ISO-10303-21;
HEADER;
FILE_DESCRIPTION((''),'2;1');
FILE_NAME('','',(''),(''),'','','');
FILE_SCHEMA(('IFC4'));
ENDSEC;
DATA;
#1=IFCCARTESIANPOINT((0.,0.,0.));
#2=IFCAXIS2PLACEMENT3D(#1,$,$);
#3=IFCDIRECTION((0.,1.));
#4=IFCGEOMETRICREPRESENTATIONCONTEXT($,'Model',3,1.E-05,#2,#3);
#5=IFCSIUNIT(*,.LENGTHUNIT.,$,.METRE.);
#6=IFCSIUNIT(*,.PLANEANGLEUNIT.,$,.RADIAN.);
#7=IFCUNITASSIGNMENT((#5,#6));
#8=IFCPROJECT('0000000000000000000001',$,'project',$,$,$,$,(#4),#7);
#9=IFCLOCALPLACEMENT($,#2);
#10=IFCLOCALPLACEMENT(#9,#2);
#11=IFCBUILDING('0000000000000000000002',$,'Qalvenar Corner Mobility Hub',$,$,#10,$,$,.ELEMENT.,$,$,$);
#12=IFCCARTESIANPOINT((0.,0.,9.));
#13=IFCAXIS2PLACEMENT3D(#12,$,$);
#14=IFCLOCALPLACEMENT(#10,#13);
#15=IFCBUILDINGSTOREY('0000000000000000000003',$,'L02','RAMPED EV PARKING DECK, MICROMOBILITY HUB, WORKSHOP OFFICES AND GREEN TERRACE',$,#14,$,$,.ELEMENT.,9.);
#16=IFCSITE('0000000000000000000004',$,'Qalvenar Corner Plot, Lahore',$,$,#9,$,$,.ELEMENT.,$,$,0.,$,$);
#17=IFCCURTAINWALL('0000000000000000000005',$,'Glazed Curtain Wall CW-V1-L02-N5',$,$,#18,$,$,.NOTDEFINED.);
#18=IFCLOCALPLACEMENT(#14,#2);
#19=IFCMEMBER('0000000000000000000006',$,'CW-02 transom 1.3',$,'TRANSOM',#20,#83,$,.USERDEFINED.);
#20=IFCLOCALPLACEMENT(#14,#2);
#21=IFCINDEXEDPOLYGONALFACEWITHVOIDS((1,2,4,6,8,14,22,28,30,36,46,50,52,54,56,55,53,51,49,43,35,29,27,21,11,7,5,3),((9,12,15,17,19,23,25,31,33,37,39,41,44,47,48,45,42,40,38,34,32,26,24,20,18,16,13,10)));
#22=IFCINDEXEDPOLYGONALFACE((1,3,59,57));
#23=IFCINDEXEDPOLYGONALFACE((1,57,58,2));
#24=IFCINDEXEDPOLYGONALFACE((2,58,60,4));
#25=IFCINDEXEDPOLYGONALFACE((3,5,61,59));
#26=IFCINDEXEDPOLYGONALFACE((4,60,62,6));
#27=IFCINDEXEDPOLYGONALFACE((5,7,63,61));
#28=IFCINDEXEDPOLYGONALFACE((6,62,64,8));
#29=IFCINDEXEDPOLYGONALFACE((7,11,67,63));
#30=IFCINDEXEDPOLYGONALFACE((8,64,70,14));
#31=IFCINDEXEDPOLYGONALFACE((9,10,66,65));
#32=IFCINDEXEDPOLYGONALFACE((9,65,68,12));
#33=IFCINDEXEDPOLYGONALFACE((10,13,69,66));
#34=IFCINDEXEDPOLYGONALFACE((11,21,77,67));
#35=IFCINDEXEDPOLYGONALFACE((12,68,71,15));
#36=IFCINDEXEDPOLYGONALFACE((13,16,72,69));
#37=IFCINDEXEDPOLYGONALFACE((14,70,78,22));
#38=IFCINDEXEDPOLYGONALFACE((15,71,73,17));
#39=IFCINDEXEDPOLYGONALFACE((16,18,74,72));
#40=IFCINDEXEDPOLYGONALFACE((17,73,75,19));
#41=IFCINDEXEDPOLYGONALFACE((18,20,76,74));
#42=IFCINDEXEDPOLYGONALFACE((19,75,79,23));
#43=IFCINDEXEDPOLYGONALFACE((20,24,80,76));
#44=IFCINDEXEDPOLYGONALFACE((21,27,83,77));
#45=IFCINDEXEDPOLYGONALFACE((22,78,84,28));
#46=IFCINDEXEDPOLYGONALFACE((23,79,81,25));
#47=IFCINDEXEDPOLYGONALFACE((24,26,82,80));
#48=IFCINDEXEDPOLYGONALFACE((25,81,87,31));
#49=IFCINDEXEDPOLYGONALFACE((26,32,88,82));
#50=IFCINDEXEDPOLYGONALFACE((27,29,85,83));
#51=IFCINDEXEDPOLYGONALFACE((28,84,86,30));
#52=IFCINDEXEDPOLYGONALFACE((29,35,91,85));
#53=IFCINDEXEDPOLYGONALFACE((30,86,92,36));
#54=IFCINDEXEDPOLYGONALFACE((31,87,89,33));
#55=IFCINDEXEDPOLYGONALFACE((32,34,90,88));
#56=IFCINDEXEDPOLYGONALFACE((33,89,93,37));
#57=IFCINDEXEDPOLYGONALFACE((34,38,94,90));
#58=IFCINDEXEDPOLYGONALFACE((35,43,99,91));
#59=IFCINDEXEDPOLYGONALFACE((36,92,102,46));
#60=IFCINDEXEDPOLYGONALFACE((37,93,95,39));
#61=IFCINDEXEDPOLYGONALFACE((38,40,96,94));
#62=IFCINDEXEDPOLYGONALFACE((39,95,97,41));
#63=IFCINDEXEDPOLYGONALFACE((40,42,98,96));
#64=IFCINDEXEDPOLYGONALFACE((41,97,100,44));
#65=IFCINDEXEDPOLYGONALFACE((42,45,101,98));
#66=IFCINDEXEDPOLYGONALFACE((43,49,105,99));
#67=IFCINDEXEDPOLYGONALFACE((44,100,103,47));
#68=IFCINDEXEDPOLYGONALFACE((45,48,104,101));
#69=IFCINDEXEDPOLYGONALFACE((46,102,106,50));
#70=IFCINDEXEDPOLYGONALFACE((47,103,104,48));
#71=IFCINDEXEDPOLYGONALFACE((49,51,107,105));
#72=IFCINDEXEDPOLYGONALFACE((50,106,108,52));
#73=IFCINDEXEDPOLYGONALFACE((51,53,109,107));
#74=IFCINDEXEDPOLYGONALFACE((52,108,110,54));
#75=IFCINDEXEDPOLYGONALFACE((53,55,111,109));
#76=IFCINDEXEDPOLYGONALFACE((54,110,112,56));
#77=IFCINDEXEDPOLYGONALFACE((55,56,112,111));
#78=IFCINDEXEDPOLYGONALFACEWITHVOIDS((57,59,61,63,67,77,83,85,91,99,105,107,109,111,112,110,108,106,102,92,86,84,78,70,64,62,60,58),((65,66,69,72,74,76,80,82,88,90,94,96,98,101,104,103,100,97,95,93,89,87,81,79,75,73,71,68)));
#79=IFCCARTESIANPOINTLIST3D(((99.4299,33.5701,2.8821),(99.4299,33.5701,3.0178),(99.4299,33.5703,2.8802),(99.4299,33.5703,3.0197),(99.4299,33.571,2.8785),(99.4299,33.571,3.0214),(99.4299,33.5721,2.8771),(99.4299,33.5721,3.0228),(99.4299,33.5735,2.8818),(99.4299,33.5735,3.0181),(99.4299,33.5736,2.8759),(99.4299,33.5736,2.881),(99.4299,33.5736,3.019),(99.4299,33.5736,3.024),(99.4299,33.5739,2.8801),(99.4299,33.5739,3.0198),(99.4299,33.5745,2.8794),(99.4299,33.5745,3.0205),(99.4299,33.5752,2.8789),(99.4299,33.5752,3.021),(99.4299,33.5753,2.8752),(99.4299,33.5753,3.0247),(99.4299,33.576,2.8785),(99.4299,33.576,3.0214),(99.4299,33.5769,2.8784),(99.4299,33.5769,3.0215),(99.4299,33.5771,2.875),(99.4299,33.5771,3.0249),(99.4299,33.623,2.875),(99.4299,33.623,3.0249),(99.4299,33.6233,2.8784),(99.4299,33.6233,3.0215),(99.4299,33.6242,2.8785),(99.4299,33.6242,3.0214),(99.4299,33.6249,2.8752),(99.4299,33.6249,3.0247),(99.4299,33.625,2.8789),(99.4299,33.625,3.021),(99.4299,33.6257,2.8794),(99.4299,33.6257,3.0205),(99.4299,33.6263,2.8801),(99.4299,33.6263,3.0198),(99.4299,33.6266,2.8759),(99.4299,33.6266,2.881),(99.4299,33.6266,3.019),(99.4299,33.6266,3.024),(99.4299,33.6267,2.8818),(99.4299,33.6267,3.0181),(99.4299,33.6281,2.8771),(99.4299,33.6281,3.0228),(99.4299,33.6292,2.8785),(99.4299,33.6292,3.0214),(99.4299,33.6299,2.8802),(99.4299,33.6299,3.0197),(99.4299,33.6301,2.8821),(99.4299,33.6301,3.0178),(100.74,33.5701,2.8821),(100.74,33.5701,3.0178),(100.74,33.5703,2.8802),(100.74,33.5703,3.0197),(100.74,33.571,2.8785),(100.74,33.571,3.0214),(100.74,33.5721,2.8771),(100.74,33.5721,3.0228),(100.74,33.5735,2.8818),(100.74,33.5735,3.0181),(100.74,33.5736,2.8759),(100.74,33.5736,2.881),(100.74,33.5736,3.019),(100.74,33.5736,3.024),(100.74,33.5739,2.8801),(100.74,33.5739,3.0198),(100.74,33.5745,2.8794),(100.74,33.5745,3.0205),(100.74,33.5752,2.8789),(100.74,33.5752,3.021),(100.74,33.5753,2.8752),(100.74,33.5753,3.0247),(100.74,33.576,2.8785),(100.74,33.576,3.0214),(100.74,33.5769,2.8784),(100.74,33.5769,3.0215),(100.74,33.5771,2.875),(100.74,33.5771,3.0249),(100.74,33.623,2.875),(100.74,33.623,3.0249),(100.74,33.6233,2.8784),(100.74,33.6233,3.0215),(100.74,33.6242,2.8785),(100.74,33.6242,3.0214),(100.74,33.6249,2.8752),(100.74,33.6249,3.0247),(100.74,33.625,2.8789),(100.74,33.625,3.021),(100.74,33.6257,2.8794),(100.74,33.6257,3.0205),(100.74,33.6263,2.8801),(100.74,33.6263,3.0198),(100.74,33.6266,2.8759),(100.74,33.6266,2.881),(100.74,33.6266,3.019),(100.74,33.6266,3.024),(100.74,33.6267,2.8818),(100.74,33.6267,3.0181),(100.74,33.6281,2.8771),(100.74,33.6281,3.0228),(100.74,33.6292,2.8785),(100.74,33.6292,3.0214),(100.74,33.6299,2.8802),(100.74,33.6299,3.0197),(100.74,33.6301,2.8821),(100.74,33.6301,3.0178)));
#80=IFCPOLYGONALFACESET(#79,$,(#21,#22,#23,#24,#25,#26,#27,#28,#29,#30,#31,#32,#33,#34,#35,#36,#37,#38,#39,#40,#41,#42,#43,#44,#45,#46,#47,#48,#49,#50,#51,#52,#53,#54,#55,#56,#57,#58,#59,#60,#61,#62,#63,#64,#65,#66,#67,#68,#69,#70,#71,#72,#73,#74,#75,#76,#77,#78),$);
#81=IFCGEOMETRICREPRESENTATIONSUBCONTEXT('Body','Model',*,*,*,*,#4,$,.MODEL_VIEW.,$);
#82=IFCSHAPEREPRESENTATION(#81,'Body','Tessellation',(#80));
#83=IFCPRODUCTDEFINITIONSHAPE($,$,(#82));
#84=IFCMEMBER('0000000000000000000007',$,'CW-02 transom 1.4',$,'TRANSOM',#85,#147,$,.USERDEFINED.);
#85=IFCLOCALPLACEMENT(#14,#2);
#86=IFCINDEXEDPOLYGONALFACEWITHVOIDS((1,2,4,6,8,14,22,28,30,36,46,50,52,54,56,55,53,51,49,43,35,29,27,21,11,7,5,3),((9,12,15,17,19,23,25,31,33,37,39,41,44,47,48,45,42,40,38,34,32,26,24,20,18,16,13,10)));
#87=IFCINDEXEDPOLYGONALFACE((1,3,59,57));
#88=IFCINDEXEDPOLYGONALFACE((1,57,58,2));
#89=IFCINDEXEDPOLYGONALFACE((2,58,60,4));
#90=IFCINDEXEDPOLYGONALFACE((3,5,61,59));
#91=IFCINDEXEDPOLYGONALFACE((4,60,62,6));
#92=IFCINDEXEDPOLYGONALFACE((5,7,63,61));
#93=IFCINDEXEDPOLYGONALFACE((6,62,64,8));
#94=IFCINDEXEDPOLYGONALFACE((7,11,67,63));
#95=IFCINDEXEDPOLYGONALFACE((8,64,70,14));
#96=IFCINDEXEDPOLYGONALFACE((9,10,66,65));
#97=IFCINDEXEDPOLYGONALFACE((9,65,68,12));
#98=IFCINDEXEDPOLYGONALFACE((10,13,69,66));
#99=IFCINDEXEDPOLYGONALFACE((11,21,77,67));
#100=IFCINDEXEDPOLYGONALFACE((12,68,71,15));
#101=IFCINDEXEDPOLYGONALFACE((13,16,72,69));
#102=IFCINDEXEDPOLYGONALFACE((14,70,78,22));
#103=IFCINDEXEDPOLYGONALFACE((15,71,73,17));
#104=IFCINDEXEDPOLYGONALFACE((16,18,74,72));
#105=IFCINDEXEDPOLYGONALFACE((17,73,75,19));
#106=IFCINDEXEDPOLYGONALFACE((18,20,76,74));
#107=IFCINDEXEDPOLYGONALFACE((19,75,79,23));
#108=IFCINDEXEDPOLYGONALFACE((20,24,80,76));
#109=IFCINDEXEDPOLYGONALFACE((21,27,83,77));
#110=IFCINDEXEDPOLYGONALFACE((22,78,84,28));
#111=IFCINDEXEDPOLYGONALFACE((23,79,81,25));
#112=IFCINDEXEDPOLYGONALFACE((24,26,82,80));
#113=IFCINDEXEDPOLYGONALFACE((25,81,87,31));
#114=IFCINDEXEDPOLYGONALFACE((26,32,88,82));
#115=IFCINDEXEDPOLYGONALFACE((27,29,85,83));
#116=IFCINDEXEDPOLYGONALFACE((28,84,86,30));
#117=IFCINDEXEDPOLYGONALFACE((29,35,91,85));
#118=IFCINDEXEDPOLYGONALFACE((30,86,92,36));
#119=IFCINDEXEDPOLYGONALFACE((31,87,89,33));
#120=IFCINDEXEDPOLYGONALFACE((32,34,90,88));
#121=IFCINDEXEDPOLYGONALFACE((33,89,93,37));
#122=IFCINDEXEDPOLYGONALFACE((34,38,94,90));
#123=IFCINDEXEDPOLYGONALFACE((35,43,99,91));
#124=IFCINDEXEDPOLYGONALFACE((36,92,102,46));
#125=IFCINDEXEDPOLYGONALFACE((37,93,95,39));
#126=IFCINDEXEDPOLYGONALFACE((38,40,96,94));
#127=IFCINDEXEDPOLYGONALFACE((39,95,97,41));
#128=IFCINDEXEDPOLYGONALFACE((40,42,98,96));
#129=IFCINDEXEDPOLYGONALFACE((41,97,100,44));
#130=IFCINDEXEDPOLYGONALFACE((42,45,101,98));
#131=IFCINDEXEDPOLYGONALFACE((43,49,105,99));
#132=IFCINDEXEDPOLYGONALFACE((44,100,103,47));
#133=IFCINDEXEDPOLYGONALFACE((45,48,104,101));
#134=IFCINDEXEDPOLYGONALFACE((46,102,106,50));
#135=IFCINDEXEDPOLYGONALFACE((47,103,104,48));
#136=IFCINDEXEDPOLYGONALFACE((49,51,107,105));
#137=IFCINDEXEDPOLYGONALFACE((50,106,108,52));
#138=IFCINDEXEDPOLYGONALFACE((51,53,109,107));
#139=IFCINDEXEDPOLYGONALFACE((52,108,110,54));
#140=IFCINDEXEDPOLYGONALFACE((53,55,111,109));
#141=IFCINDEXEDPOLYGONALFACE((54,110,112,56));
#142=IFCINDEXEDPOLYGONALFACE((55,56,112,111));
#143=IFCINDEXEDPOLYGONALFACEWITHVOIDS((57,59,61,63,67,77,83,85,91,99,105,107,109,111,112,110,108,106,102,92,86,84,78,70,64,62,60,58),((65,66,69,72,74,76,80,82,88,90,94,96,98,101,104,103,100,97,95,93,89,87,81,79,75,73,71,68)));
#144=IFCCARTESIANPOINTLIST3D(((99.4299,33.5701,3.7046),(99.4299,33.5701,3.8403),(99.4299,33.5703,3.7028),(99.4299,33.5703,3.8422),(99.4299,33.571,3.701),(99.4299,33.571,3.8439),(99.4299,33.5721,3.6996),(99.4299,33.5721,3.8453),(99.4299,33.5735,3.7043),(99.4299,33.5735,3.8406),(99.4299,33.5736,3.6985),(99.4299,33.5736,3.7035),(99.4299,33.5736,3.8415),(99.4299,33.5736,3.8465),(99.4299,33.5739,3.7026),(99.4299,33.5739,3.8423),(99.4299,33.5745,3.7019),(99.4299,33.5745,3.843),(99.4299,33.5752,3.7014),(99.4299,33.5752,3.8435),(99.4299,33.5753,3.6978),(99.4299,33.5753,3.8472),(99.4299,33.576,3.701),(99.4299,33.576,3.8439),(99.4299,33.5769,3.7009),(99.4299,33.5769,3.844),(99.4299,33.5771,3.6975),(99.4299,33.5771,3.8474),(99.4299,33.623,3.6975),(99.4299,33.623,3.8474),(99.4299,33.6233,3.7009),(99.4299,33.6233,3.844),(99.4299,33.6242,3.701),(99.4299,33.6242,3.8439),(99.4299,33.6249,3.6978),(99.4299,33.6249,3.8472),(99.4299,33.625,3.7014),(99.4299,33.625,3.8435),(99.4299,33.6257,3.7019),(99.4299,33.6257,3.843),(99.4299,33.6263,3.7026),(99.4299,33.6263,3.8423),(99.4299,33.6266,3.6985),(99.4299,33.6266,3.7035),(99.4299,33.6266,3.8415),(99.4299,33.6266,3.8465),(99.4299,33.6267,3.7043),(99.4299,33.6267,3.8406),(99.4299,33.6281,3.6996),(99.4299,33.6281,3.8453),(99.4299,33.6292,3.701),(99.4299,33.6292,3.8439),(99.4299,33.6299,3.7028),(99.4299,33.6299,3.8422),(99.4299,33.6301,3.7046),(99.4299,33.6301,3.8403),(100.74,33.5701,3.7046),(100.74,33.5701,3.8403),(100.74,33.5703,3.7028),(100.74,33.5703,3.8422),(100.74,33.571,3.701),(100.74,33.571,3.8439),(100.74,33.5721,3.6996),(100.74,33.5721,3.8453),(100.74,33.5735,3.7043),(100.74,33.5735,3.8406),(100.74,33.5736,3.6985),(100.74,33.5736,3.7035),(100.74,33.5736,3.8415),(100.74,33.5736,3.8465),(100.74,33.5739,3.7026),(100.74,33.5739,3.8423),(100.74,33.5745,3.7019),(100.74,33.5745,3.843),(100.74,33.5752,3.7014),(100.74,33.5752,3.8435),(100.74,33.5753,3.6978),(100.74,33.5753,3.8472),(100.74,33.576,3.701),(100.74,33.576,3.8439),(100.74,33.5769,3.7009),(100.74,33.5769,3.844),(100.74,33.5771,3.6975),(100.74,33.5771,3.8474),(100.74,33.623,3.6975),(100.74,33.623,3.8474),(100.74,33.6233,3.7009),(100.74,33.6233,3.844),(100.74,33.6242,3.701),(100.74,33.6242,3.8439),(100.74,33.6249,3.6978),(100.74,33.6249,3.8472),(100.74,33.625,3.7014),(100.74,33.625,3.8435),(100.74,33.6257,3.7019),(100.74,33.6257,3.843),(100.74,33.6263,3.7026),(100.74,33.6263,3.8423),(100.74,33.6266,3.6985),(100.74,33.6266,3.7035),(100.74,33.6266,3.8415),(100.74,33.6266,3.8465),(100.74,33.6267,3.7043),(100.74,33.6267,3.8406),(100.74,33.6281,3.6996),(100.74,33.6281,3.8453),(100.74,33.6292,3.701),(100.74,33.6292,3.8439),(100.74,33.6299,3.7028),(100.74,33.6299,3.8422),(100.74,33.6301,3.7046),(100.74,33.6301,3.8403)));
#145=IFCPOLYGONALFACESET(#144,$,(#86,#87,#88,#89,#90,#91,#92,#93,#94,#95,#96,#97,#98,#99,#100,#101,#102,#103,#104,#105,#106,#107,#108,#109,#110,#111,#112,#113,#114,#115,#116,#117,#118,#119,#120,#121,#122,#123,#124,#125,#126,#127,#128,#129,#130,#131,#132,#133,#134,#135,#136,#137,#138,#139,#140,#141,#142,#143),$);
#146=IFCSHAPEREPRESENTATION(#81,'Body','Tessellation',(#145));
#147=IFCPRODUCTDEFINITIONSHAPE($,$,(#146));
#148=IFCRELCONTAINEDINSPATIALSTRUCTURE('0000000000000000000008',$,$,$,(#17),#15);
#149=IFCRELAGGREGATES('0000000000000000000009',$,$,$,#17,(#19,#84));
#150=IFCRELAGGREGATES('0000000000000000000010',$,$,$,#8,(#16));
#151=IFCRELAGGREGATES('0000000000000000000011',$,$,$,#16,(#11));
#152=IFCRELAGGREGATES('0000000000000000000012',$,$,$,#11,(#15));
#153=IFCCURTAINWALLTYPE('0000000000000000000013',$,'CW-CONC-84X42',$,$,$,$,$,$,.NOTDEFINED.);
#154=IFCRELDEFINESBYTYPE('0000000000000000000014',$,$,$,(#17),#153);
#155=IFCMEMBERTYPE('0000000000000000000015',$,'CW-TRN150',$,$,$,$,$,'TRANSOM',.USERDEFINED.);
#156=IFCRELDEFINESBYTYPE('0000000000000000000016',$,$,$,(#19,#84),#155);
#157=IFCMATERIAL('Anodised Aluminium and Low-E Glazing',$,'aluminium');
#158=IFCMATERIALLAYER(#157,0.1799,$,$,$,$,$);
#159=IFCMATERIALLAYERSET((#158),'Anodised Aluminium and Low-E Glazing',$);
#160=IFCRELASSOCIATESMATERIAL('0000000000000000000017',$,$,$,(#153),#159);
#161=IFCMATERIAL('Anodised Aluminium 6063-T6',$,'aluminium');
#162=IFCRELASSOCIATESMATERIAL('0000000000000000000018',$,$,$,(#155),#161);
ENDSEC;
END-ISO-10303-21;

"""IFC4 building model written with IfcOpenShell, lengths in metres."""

from ifc_helpers import new_model, si_unit, direction, frame, origin, origin_2d, place, context, subcontext, project, spatial, hollow_rectangle, extrude, material, layer, layer_set, material_profile, profile_set, type_object, element, aggregate, save


model = new_model("IFC4")

# Units and contexts
model_context = context("Model", 3, precision=1e-05, world=origin(), true_north=direction((0.0, 1.0)))
body_context = subcontext(model_context, "Body", "Model", "MODEL_VIEW")
ifc_project = project(units=[si_unit("LENGTHUNIT", "METRE"), si_unit("PLANEANGLEUNIT", "RADIAN")], contexts=[model_context])

# Site, building, storey
site_placement = place(None, origin())
site = spatial("IfcSite", under=ifc_project, at=site_placement, Name="Qalvenar Corner Plot, Lahore", CompositionType="ELEMENT", RefElevation=0.0)
building_placement = place(site_placement, origin())
building = spatial("IfcBuilding", under=site, at=building_placement, Name="Qalvenar Corner Mobility Hub", CompositionType="ELEMENT")
storey_placement = place(building_placement, frame((0.0, 0.0, 9.0)))
storey = spatial("IfcBuildingStorey", under=building, at=storey_placement, Name="L02", Description="RAMPED EV PARKING DECK, MICROMOBILITY HUB, WORKSHOP OFFICES AND GREEN TERRACE", CompositionType="ELEMENT", Elevation=9.0)

# Curtain wall
ifc_material_1 = material(Name="Anodised Aluminium and Low-E Glazing", Category="aluminium")
ifc_layer_1 = layer(ifc_material_1, 0.1799)
ifc_layer_set_1 = layer_set([ifc_layer_1], Name="Anodised Aluminium and Low-E Glazing")
curtain_wall_type = type_object("IfcCurtainWallType", Name="CW-CONC-84X42", PredefinedType="NOTDEFINED", material=ifc_layer_set_1)
curtain_wall_1_placement = place(storey_placement, origin())
curtain_wall_1 = element("IfcCurtainWall", 1, at=curtain_wall_1_placement, inside=storey, type_object=curtain_wall_type, Name="Glazed Curtain Wall CW-V1-L02-N5", PredefinedType="NOTDEFINED")
ifc_material_2 = material(Name="Anodised Aluminium 6063-T6", Category="aluminium")

# Members
ifc_material_profile_1 = material_profile(ifc_material_2, hollow_rectangle(XDim=0.0601, YDim=0.1499, WallThickness=0.0034, InnerFilletRadius=0.0034, OuterFilletRadius=0.0071, at=origin_2d()), Name="RHS150x60x3.5")
ifc_profile_set_1 = profile_set([ifc_material_profile_1], Name="Anodised Aluminium 6063-T6")
member_type_1 = type_object("IfcMemberType", Name="CW-TRN150", ElementType="TRANSOM", PredefinedType="USERDEFINED", material=ifc_profile_set_1)
member_1_placement = place(storey_placement, frame((100.74, 33.6001, 2.95), z_axis=(-1.0, 0.0, 0.0), x_axis=(0.0, -1.0, 0.0)))
member_1 = element("IfcMember", 2, at=member_1_placement, type_object=member_type_1, Name="CW-02 transom 1.3", ObjectType="TRANSOM", PredefinedType="USERDEFINED", context=body_context, shape_type="SweptSolid", body=[
    extrude(hollow_rectangle(XDim=0.0601, YDim=0.1499, WallThickness=0.0034, InnerFilletRadius=0.0034, OuterFilletRadius=0.0071, at=origin_2d()), origin(), (0.0, 0.0, 1.0), 1.3101),
])
member_2_placement = place(storey_placement, frame((100.74, 33.6001, 3.7725), z_axis=(-1.0, 0.0, 0.0), x_axis=(0.0, -1.0, 0.0)))
member_2 = element("IfcMember", 3, at=member_2_placement, type_object=member_type_1, Name="CW-02 transom 1.4", ObjectType="TRANSOM", PredefinedType="USERDEFINED", context=body_context, shape_type="SweptSolid", body=[
    extrude(hollow_rectangle(XDim=0.0601, YDim=0.1499, WallThickness=0.0034, InnerFilletRadius=0.0034, OuterFilletRadius=0.0071, at=origin_2d()), origin(), (0.0, 0.0, 1.0), 1.3101),
])

aggregate(curtain_wall_1, [member_1, member_2])

save(model, "model.ifc")
